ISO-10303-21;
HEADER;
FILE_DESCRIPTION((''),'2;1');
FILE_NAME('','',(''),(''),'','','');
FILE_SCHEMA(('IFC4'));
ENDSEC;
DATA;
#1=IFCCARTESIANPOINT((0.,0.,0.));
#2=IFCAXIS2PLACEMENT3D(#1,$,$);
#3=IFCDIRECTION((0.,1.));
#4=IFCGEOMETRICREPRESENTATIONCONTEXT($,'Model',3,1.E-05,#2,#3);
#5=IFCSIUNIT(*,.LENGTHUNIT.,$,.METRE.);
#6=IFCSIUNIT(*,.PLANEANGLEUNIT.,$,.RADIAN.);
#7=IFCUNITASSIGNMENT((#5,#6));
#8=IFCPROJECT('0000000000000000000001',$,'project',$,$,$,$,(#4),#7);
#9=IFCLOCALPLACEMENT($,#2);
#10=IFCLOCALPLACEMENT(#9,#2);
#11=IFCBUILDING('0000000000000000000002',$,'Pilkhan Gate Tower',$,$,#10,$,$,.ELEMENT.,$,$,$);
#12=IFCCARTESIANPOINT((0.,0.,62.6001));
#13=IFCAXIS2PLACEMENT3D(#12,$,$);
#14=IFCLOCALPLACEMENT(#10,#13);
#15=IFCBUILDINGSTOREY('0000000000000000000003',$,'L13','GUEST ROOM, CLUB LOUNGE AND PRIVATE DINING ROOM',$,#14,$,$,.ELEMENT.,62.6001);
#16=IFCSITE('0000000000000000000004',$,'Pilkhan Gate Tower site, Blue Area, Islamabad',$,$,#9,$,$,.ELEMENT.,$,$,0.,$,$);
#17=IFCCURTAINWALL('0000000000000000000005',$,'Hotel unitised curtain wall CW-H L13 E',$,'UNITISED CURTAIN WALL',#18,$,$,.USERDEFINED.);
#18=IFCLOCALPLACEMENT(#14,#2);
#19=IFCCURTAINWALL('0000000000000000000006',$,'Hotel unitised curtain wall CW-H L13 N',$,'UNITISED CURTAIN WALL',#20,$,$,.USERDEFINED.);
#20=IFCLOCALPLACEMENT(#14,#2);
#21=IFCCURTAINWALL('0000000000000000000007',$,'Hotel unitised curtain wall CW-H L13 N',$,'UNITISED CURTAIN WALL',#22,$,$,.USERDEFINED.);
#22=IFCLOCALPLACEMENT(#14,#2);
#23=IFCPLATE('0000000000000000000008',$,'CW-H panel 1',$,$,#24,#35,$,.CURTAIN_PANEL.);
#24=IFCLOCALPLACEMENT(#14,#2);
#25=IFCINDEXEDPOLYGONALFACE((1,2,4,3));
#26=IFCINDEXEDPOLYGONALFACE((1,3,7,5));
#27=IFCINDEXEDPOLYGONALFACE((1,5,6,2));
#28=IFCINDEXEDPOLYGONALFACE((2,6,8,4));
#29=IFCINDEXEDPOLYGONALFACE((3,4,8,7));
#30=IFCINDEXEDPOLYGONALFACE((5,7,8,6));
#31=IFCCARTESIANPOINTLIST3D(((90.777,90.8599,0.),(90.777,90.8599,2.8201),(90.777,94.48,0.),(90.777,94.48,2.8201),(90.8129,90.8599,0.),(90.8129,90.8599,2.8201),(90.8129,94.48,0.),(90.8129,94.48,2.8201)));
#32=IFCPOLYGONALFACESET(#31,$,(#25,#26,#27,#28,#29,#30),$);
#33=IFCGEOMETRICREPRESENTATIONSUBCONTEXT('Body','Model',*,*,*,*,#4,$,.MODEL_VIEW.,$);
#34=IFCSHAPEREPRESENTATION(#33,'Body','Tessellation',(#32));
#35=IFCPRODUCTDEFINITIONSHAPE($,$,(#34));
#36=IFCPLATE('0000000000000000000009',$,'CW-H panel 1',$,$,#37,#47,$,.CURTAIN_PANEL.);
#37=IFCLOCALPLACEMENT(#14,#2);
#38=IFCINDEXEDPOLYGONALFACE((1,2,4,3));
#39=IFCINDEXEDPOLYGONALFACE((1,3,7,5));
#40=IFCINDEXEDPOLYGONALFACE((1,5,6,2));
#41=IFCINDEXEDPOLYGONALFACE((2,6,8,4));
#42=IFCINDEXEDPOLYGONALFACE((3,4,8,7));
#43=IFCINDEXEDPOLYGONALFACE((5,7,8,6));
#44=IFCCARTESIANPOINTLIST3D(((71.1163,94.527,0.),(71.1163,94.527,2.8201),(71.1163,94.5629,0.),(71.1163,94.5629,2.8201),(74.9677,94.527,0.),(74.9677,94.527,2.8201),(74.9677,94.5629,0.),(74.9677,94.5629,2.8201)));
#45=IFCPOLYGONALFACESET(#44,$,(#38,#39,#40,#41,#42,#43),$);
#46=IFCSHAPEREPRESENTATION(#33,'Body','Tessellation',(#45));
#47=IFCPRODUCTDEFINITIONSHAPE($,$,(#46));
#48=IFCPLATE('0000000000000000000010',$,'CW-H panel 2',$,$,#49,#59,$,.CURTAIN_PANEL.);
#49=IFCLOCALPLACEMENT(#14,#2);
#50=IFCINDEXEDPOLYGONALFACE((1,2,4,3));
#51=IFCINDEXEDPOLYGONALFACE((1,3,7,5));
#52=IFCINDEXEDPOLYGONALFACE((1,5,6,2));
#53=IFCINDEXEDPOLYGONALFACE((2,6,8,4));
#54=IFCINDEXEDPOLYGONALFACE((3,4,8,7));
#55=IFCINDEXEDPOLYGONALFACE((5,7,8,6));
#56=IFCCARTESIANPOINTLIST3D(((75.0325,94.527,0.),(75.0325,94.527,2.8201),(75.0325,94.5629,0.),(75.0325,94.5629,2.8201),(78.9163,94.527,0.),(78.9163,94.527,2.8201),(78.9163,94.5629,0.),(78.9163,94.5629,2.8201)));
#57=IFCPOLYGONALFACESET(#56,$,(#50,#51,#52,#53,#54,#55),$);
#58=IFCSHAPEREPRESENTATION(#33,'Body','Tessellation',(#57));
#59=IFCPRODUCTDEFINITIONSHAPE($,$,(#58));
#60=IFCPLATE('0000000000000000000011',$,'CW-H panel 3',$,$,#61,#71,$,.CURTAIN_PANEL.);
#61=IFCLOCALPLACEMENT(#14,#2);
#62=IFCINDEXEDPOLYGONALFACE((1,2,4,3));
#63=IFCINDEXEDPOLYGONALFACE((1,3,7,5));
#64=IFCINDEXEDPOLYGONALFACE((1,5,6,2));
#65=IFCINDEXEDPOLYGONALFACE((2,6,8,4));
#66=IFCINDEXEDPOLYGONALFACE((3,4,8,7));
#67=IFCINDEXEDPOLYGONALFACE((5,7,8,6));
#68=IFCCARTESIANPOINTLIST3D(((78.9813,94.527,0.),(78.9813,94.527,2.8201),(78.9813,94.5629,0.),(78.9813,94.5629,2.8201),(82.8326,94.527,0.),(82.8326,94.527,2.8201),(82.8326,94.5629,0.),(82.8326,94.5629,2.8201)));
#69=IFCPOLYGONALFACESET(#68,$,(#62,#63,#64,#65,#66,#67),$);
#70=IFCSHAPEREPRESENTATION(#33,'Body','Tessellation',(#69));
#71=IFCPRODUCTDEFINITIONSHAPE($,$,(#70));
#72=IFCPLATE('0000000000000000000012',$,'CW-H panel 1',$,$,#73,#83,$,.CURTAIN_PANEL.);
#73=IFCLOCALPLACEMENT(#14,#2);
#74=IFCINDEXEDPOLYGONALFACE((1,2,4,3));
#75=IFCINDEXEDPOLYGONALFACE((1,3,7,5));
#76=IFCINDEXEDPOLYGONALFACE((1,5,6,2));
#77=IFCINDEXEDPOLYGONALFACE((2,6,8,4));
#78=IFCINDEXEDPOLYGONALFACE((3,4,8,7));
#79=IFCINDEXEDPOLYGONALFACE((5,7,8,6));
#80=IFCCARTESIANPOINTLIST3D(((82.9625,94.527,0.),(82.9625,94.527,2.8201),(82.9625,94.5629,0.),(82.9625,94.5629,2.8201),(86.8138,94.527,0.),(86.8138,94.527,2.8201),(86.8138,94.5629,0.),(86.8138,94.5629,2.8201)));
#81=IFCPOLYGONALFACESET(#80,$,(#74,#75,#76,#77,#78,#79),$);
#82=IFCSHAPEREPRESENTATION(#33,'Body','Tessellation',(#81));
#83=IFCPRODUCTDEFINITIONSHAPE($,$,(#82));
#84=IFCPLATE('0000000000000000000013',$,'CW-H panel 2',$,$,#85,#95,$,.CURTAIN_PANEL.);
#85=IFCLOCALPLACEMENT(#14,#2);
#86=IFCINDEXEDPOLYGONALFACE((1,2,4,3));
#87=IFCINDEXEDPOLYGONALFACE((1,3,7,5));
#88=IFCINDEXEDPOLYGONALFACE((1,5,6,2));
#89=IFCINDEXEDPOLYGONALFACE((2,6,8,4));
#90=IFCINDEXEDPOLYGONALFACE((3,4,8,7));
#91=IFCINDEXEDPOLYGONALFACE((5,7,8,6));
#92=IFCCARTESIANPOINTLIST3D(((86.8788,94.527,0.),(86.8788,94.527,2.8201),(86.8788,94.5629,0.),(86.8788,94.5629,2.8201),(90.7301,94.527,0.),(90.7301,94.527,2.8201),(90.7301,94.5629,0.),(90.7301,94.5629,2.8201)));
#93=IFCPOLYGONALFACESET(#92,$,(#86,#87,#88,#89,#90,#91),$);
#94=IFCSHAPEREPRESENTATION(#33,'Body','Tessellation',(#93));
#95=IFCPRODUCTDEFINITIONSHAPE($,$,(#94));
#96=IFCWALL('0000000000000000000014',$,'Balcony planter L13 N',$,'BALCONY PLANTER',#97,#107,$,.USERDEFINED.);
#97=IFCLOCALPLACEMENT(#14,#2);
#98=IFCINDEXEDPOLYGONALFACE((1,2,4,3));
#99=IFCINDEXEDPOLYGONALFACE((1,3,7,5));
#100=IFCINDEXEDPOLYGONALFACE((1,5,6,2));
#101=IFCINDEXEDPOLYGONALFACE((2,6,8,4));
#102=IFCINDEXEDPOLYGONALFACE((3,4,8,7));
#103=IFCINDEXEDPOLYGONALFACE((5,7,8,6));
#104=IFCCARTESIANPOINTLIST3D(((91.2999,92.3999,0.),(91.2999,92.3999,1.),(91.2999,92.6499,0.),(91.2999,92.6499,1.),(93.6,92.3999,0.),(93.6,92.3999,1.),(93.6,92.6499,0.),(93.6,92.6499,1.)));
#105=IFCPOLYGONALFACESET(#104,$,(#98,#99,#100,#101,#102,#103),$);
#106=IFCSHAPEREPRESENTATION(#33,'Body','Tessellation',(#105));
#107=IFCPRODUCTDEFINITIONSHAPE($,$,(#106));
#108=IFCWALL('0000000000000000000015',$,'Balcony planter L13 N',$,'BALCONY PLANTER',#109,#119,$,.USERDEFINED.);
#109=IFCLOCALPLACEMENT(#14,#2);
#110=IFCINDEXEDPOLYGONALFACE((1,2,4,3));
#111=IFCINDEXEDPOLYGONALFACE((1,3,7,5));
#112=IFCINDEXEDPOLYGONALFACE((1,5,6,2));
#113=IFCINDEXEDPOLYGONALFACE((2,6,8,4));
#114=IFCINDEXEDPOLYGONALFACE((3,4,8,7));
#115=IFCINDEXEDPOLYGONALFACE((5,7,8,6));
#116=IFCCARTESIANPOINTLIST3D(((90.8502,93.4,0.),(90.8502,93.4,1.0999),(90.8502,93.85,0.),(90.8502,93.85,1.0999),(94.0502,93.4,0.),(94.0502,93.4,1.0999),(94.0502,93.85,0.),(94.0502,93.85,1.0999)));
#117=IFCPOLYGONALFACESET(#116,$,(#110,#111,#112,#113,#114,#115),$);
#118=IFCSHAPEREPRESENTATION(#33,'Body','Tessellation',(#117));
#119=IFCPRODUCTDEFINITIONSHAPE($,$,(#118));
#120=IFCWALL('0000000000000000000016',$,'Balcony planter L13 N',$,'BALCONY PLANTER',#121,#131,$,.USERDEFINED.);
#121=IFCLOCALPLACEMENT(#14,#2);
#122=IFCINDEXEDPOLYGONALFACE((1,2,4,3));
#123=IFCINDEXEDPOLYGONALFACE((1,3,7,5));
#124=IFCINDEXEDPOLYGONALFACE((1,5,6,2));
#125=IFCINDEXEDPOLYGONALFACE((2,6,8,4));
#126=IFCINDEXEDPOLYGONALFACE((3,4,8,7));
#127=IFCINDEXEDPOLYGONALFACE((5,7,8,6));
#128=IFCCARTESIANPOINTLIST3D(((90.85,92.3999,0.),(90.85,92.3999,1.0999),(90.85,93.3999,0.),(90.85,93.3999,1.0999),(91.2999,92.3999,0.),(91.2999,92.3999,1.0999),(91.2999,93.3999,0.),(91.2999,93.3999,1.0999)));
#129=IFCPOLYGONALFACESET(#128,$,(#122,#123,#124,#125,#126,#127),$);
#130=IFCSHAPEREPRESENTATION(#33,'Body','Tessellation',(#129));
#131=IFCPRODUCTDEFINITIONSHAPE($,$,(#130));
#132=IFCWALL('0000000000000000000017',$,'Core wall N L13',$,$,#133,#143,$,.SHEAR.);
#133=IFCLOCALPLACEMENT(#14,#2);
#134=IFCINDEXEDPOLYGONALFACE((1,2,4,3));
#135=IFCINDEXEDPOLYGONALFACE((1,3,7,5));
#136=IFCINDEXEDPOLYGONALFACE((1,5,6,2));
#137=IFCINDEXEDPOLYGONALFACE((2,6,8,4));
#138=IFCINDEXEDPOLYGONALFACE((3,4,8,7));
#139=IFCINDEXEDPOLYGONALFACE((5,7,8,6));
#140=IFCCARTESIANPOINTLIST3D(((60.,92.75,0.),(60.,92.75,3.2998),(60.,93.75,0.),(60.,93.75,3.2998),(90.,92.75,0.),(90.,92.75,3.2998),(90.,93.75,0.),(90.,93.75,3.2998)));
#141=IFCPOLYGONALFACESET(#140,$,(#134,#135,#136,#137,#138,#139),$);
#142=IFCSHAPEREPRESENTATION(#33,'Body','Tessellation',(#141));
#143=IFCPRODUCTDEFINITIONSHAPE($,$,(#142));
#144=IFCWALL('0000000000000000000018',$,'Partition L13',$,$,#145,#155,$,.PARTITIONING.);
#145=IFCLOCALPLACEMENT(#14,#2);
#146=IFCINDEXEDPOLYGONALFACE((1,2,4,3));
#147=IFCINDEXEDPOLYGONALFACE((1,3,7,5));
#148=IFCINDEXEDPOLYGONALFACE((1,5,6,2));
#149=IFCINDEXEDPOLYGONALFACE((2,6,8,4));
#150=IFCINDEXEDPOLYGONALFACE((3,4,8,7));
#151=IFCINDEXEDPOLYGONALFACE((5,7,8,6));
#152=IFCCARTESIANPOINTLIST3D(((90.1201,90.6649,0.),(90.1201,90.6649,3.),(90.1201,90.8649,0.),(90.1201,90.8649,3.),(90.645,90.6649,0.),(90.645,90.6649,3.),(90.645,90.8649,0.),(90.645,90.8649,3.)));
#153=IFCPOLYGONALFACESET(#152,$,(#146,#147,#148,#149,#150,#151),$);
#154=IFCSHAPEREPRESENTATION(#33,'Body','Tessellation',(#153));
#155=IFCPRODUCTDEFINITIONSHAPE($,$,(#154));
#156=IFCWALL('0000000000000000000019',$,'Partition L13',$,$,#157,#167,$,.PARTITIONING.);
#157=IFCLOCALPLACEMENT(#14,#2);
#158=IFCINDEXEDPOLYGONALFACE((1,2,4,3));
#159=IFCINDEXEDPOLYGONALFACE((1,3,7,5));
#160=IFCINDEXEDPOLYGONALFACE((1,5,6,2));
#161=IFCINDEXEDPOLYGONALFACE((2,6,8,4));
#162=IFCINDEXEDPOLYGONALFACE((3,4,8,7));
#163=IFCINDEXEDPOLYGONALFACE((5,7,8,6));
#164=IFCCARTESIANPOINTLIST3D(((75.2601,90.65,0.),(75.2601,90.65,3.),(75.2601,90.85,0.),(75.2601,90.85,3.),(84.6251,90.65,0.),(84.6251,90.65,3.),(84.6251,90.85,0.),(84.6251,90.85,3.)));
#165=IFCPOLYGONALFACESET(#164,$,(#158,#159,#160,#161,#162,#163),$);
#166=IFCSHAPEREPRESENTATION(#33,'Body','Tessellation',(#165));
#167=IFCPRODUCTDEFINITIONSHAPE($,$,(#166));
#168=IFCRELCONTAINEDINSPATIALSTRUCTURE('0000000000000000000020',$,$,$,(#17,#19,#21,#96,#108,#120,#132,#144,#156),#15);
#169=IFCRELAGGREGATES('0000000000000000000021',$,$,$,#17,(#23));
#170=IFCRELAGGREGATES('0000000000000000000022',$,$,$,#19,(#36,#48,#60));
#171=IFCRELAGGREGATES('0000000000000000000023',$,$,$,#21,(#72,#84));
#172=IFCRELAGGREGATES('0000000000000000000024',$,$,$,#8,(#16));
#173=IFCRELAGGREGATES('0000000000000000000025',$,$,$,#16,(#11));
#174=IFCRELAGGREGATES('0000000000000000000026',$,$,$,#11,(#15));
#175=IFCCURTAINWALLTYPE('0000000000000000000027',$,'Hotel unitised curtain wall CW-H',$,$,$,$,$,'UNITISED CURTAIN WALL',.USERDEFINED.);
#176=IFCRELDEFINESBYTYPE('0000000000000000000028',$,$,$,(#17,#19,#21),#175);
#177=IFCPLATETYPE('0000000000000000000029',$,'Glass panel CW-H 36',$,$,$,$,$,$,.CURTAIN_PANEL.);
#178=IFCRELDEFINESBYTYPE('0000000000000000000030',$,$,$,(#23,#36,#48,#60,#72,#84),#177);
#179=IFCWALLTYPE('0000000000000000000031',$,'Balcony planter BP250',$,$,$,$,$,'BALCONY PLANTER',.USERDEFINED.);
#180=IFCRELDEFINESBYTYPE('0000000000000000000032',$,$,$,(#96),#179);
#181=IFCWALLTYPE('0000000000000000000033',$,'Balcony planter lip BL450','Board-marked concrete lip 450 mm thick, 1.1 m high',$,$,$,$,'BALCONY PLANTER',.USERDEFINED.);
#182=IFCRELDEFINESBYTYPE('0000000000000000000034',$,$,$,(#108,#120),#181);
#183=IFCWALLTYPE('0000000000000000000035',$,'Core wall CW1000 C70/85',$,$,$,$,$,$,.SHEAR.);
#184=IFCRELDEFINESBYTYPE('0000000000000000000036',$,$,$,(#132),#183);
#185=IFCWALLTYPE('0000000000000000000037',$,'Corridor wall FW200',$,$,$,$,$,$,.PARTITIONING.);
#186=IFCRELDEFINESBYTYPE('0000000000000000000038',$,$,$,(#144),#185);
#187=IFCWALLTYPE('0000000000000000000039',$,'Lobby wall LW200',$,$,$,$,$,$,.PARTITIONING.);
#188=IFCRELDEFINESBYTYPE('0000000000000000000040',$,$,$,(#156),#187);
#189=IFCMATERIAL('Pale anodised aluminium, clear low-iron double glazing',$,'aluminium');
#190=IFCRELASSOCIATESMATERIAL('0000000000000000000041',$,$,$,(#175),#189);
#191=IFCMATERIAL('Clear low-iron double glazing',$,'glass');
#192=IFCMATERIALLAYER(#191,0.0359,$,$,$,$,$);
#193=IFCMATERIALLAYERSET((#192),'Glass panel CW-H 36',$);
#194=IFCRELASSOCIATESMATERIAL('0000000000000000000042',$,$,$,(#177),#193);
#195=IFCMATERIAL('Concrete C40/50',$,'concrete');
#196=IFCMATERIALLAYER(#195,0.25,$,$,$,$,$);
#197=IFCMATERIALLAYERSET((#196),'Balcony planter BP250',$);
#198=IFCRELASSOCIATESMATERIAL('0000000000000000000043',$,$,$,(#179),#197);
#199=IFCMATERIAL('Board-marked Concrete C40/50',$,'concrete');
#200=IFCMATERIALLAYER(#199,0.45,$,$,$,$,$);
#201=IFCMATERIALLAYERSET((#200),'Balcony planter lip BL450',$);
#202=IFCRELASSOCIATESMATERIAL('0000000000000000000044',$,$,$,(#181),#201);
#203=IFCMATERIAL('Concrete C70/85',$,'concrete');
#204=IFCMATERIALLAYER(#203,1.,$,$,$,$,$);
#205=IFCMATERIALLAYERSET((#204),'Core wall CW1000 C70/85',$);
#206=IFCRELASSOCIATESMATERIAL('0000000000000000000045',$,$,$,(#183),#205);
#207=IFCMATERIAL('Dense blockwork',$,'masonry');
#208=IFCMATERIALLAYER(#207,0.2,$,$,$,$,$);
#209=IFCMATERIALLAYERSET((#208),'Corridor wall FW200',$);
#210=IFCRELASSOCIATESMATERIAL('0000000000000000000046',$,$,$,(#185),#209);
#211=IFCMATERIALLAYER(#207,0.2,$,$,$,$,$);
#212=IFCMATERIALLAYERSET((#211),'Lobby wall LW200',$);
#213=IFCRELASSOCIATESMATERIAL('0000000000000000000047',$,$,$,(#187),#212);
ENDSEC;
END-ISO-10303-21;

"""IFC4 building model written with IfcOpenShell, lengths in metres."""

from ifc_helpers import new_model, si_unit, direction, frame, frame_2d, origin, origin_2d, place, context, subcontext, project, spatial, rectangle, extrude, material, layer, layer_set, type_object, element, aggregate, save


model = new_model("IFC4")

# Units and contexts
model_context = context("Model", 3, precision=1e-05, world=origin(), true_north=direction((0.0, 1.0)))
body_context = subcontext(model_context, "Body", "Model", "MODEL_VIEW")
ifc_project = project(units=[si_unit("LENGTHUNIT", "METRE"), si_unit("PLANEANGLEUNIT", "RADIAN")], contexts=[model_context])

# Site, building, storey
site_placement = place(None, origin())
site = spatial("IfcSite", under=ifc_project, at=site_placement, Name="Pilkhan Gate Tower site, Blue Area, Islamabad", CompositionType="ELEMENT", RefElevation=0.0)
building_placement = place(site_placement, origin())
building = spatial("IfcBuilding", under=site, at=building_placement, Name="Pilkhan Gate Tower", CompositionType="ELEMENT")
storey_placement = place(building_placement, frame((0.0, 0.0, 62.6001)))
storey = spatial("IfcBuildingStorey", under=building, at=storey_placement, Name="L13", Description="GUEST ROOM, CLUB LOUNGE AND PRIVATE DINING ROOM", CompositionType="ELEMENT", Elevation=62.6001)

# Curtain walls
ifc_material_1 = material(Name="Pale anodised aluminium, clear low-iron double glazing", Category="aluminium")
curtain_wall_type = type_object("IfcCurtainWallType", Name="Hotel unitised curtain wall CW-H", ElementType="UNITISED CURTAIN WALL", PredefinedType="USERDEFINED", material=ifc_material_1)
curtain_wall_1_placement = place(storey_placement, origin())
curtain_wall_1 = element("IfcCurtainWall", 1, at=curtain_wall_1_placement, inside=storey, type_object=curtain_wall_type, Name="Hotel unitised curtain wall CW-H L13 E", ObjectType="UNITISED CURTAIN WALL", PredefinedType="USERDEFINED")
curtain_wall_2_placement = place(storey_placement, origin())
curtain_wall_2 = element("IfcCurtainWall", 2, at=curtain_wall_2_placement, inside=storey, type_object=curtain_wall_type, Name="Hotel unitised curtain wall CW-H L13 N", ObjectType="UNITISED CURTAIN WALL", PredefinedType="USERDEFINED")
curtain_wall_3_placement = place(storey_placement, origin())
curtain_wall_3 = element("IfcCurtainWall", 3, at=curtain_wall_3_placement, inside=storey, type_object=curtain_wall_type, Name="Hotel unitised curtain wall CW-H L13 N", ObjectType="UNITISED CURTAIN WALL", PredefinedType="USERDEFINED")

# Plates
ifc_material_2 = material(Name="Clear low-iron double glazing", Category="glass")
ifc_layer_1 = layer(ifc_material_2, 0.0359)
ifc_layer_set_1 = layer_set([ifc_layer_1], Name="Glass panel CW-H 36")
plate_type = type_object("IfcPlateType", Name="Glass panel CW-H 36", PredefinedType="CURTAIN_PANEL", material=ifc_layer_set_1)
plate_1_placement = place(storey_placement, frame((90.7949, 92.6699, 0.0), z_axis=(0.0, 0.0, 1.0), x_axis=(0.0, 1.0, 0.0)))
plate_1 = element("IfcPlate", 4, at=plate_1_placement, type_object=plate_type, Name="CW-H panel 1", PredefinedType="CURTAIN_PANEL", context=body_context, shape_type="SweptSolid", body=[
    extrude(rectangle(XDim=3.6201, YDim=0.0359, at=origin_2d()), origin(), (0.0, 0.0, 1.0), 2.8201),
])
aggregate(curtain_wall_1, [plate_1])
plate_2_placement = place(storey_placement, frame((73.042, 94.5449, 0.0), z_axis=(0.0, 0.0, 1.0), x_axis=(1.0, 0.0, 0.0)))
plate_2 = element("IfcPlate", 5, at=plate_2_placement, type_object=plate_type, Name="CW-H panel 1", PredefinedType="CURTAIN_PANEL", context=body_context, shape_type="SweptSolid", body=[
    extrude(rectangle(XDim=3.8513, YDim=0.0359, at=origin_2d()), origin(), (0.0, 0.0, 1.0), 2.8201),
])
plate_3_placement = place(storey_placement, frame((76.9744, 94.5449, 0.0), z_axis=(0.0, 0.0, 1.0), x_axis=(1.0, 0.0, 0.0)))
plate_3 = element("IfcPlate", 6, at=plate_3_placement, type_object=plate_type, Name="CW-H panel 2", PredefinedType="CURTAIN_PANEL", context=body_context, shape_type="SweptSolid", body=[
    extrude(rectangle(XDim=3.8838, YDim=0.0359, at=origin_2d()), origin(), (0.0, 0.0, 1.0), 2.8201),
])
plate_4_placement = place(storey_placement, frame((80.907, 94.5449, 0.0), z_axis=(0.0, 0.0, 1.0), x_axis=(1.0, 0.0, 0.0)))
plate_4 = element("IfcPlate", 7, at=plate_4_placement, type_object=plate_type, Name="CW-H panel 3", PredefinedType="CURTAIN_PANEL", context=body_context, shape_type="SweptSolid", body=[
    extrude(rectangle(XDim=3.8513, YDim=0.0359, at=origin_2d()), origin(), (0.0, 0.0, 1.0), 2.8201),
])
aggregate(curtain_wall_2, [plate_2, plate_3, plate_4])
plate_5_placement = place(storey_placement, frame((84.8882, 94.5449, 0.0), z_axis=(0.0, 0.0, 1.0), x_axis=(1.0, 0.0, 0.0)))
plate_5 = element("IfcPlate", 8, at=plate_5_placement, type_object=plate_type, Name="CW-H panel 1", PredefinedType="CURTAIN_PANEL", context=body_context, shape_type="SweptSolid", body=[
    extrude(rectangle(XDim=3.8513, YDim=0.0359, at=origin_2d()), origin(), (0.0, 0.0, 1.0), 2.8201),
])
plate_6_placement = place(storey_placement, frame((88.8044, 94.5449, 0.0), z_axis=(0.0, 0.0, 1.0), x_axis=(1.0, 0.0, 0.0)))
plate_6 = element("IfcPlate", 9, at=plate_6_placement, type_object=plate_type, Name="CW-H panel 2", PredefinedType="CURTAIN_PANEL", context=body_context, shape_type="SweptSolid", body=[
    extrude(rectangle(XDim=3.8513, YDim=0.0359, at=origin_2d()), origin(), (0.0, 0.0, 1.0), 2.8201),
])
aggregate(curtain_wall_3, [plate_5, plate_6])

# Walls
ifc_material_3 = material(Name="Concrete C40/50", Category="concrete")
ifc_layer_2 = layer(ifc_material_3, 0.25)
ifc_layer_set_2 = layer_set([ifc_layer_2], Name="Balcony planter BP250")
wall_type_1 = type_object("IfcWallType", Name="Balcony planter BP250", ElementType="BALCONY PLANTER", PredefinedType="USERDEFINED", material=ifc_layer_set_2)
wall_1_placement = place(storey_placement, frame((91.3, 92.5249, 0.0), z_axis=(0.0, 0.0, 1.0), x_axis=(1.0, 0.0, 0.0)))
element("IfcWall", 10, at=wall_1_placement, inside=storey, type_object=wall_type_1, Name="Balcony planter L13 N", ObjectType="BALCONY PLANTER", PredefinedType="USERDEFINED", context=body_context, shape_type="SweptSolid", body=[
    extrude(rectangle(XDim=2.3, YDim=0.25, at=frame_2d((1.1499, 0.0))), origin(), (0.0, 0.0, 1.0), 1.0),
])
ifc_material_4 = material(Name="Board-marked Concrete C40/50", Category="concrete")
ifc_layer_3 = layer(ifc_material_4, 0.45)
ifc_layer_set_3 = layer_set([ifc_layer_3], Name="Balcony planter lip BL450")
wall_type_2 = type_object("IfcWallType", Name="Balcony planter lip BL450", Description="Board-marked concrete lip 450 mm thick, 1.1 m high", ElementType="BALCONY PLANTER", PredefinedType="USERDEFINED", material=ifc_layer_set_3)
wall_2_placement = place(storey_placement, frame((90.8501, 93.625, 0.0), z_axis=(0.0, 0.0, 1.0), x_axis=(1.0, 0.0, 0.0)))
element("IfcWall", 11, at=wall_2_placement, inside=storey, type_object=wall_type_2, Name="Balcony planter L13 N", ObjectType="BALCONY PLANTER", PredefinedType="USERDEFINED", context=body_context, shape_type="SweptSolid", body=[
    extrude(rectangle(XDim=3.2, YDim=0.45, at=frame_2d((1.6001, 0.0))), origin(), (0.0, 0.0, 1.0), 1.0999),
])
wall_3_placement = place(storey_placement, frame((91.075, 92.3999, 0.0), z_axis=(0.0, 0.0, 1.0), x_axis=(0.0, 1.0, 0.0)))
element("IfcWall", 12, at=wall_3_placement, inside=storey, type_object=wall_type_2, Name="Balcony planter L13 N", ObjectType="BALCONY PLANTER", PredefinedType="USERDEFINED", context=body_context, shape_type="SweptSolid", body=[
    extrude(rectangle(XDim=1.0, YDim=0.45, at=frame_2d((0.5, 0.0))), origin(), (0.0, 0.0, 1.0), 1.0999),
])
ifc_material_5 = material(Name="Concrete C70/85", Category="concrete")
ifc_layer_4 = layer(ifc_material_5, 1.0)
ifc_layer_set_4 = layer_set([ifc_layer_4], Name="Core wall CW1000 C70/85")
wall_type_3 = type_object("IfcWallType", Name="Core wall CW1000 C70/85", PredefinedType="SHEAR", material=ifc_layer_set_4)
wall_4_placement = place(storey_placement, frame((90.0, 93.25, 0.0), z_axis=(0.0, 0.0, 1.0), x_axis=(-1.0, 0.0, 0.0)))
element("IfcWall", 13, at=wall_4_placement, inside=storey, type_object=wall_type_3, Name="Core wall N L13", PredefinedType="SHEAR", context=body_context, shape_type="SweptSolid", body=[
    extrude(rectangle(XDim=30.0, YDim=1.0, at=frame_2d((15.0, 0.0))), origin(), (0.0, 0.0, 1.0), 3.2998),
])
ifc_material_6 = material(Name="Dense blockwork", Category="masonry")
ifc_layer_5 = layer(ifc_material_6, 0.2)
ifc_layer_set_5 = layer_set([ifc_layer_5], Name="Corridor wall FW200")
wall_type_4 = type_object("IfcWallType", Name="Corridor wall FW200", PredefinedType="PARTITIONING", material=ifc_layer_set_5)
wall_5_placement = place(storey_placement, frame((90.1201, 90.7649, 0.0), z_axis=(0.0, 0.0, 1.0), x_axis=(1.0, 0.0, 0.0)))
element("IfcWall", 14, at=wall_5_placement, inside=storey, type_object=wall_type_4, Name="Partition L13", PredefinedType="PARTITIONING", context=body_context, shape_type="SweptSolid", body=[
    extrude(rectangle(XDim=0.5249, YDim=0.2, at=frame_2d((0.2625, 0.0))), origin(), (0.0, 0.0, 1.0), 3.0),
])

# Wall
ifc_layer_6 = layer(ifc_material_6, 0.2)
ifc_layer_set_6 = layer_set([ifc_layer_6], Name="Lobby wall LW200")
wall_type_5 = type_object("IfcWallType", Name="Lobby wall LW200", PredefinedType="PARTITIONING", material=ifc_layer_set_6)
wall_6_placement = place(storey_placement, frame((75.26, 90.75, 0.0), z_axis=(0.0, 0.0, 1.0), x_axis=(1.0, 0.0, 0.0)))
element("IfcWall", 15, at=wall_6_placement, inside=storey, type_object=wall_type_5, Name="Partition L13", PredefinedType="PARTITIONING", context=body_context, shape_type="SweptSolid", body=[
    extrude(rectangle(XDim=9.365, YDim=0.2, at=frame_2d((4.6826, 0.0))), origin(), (0.0, 0.0, 1.0), 3.0),
])

save(model, "model.ifc")
